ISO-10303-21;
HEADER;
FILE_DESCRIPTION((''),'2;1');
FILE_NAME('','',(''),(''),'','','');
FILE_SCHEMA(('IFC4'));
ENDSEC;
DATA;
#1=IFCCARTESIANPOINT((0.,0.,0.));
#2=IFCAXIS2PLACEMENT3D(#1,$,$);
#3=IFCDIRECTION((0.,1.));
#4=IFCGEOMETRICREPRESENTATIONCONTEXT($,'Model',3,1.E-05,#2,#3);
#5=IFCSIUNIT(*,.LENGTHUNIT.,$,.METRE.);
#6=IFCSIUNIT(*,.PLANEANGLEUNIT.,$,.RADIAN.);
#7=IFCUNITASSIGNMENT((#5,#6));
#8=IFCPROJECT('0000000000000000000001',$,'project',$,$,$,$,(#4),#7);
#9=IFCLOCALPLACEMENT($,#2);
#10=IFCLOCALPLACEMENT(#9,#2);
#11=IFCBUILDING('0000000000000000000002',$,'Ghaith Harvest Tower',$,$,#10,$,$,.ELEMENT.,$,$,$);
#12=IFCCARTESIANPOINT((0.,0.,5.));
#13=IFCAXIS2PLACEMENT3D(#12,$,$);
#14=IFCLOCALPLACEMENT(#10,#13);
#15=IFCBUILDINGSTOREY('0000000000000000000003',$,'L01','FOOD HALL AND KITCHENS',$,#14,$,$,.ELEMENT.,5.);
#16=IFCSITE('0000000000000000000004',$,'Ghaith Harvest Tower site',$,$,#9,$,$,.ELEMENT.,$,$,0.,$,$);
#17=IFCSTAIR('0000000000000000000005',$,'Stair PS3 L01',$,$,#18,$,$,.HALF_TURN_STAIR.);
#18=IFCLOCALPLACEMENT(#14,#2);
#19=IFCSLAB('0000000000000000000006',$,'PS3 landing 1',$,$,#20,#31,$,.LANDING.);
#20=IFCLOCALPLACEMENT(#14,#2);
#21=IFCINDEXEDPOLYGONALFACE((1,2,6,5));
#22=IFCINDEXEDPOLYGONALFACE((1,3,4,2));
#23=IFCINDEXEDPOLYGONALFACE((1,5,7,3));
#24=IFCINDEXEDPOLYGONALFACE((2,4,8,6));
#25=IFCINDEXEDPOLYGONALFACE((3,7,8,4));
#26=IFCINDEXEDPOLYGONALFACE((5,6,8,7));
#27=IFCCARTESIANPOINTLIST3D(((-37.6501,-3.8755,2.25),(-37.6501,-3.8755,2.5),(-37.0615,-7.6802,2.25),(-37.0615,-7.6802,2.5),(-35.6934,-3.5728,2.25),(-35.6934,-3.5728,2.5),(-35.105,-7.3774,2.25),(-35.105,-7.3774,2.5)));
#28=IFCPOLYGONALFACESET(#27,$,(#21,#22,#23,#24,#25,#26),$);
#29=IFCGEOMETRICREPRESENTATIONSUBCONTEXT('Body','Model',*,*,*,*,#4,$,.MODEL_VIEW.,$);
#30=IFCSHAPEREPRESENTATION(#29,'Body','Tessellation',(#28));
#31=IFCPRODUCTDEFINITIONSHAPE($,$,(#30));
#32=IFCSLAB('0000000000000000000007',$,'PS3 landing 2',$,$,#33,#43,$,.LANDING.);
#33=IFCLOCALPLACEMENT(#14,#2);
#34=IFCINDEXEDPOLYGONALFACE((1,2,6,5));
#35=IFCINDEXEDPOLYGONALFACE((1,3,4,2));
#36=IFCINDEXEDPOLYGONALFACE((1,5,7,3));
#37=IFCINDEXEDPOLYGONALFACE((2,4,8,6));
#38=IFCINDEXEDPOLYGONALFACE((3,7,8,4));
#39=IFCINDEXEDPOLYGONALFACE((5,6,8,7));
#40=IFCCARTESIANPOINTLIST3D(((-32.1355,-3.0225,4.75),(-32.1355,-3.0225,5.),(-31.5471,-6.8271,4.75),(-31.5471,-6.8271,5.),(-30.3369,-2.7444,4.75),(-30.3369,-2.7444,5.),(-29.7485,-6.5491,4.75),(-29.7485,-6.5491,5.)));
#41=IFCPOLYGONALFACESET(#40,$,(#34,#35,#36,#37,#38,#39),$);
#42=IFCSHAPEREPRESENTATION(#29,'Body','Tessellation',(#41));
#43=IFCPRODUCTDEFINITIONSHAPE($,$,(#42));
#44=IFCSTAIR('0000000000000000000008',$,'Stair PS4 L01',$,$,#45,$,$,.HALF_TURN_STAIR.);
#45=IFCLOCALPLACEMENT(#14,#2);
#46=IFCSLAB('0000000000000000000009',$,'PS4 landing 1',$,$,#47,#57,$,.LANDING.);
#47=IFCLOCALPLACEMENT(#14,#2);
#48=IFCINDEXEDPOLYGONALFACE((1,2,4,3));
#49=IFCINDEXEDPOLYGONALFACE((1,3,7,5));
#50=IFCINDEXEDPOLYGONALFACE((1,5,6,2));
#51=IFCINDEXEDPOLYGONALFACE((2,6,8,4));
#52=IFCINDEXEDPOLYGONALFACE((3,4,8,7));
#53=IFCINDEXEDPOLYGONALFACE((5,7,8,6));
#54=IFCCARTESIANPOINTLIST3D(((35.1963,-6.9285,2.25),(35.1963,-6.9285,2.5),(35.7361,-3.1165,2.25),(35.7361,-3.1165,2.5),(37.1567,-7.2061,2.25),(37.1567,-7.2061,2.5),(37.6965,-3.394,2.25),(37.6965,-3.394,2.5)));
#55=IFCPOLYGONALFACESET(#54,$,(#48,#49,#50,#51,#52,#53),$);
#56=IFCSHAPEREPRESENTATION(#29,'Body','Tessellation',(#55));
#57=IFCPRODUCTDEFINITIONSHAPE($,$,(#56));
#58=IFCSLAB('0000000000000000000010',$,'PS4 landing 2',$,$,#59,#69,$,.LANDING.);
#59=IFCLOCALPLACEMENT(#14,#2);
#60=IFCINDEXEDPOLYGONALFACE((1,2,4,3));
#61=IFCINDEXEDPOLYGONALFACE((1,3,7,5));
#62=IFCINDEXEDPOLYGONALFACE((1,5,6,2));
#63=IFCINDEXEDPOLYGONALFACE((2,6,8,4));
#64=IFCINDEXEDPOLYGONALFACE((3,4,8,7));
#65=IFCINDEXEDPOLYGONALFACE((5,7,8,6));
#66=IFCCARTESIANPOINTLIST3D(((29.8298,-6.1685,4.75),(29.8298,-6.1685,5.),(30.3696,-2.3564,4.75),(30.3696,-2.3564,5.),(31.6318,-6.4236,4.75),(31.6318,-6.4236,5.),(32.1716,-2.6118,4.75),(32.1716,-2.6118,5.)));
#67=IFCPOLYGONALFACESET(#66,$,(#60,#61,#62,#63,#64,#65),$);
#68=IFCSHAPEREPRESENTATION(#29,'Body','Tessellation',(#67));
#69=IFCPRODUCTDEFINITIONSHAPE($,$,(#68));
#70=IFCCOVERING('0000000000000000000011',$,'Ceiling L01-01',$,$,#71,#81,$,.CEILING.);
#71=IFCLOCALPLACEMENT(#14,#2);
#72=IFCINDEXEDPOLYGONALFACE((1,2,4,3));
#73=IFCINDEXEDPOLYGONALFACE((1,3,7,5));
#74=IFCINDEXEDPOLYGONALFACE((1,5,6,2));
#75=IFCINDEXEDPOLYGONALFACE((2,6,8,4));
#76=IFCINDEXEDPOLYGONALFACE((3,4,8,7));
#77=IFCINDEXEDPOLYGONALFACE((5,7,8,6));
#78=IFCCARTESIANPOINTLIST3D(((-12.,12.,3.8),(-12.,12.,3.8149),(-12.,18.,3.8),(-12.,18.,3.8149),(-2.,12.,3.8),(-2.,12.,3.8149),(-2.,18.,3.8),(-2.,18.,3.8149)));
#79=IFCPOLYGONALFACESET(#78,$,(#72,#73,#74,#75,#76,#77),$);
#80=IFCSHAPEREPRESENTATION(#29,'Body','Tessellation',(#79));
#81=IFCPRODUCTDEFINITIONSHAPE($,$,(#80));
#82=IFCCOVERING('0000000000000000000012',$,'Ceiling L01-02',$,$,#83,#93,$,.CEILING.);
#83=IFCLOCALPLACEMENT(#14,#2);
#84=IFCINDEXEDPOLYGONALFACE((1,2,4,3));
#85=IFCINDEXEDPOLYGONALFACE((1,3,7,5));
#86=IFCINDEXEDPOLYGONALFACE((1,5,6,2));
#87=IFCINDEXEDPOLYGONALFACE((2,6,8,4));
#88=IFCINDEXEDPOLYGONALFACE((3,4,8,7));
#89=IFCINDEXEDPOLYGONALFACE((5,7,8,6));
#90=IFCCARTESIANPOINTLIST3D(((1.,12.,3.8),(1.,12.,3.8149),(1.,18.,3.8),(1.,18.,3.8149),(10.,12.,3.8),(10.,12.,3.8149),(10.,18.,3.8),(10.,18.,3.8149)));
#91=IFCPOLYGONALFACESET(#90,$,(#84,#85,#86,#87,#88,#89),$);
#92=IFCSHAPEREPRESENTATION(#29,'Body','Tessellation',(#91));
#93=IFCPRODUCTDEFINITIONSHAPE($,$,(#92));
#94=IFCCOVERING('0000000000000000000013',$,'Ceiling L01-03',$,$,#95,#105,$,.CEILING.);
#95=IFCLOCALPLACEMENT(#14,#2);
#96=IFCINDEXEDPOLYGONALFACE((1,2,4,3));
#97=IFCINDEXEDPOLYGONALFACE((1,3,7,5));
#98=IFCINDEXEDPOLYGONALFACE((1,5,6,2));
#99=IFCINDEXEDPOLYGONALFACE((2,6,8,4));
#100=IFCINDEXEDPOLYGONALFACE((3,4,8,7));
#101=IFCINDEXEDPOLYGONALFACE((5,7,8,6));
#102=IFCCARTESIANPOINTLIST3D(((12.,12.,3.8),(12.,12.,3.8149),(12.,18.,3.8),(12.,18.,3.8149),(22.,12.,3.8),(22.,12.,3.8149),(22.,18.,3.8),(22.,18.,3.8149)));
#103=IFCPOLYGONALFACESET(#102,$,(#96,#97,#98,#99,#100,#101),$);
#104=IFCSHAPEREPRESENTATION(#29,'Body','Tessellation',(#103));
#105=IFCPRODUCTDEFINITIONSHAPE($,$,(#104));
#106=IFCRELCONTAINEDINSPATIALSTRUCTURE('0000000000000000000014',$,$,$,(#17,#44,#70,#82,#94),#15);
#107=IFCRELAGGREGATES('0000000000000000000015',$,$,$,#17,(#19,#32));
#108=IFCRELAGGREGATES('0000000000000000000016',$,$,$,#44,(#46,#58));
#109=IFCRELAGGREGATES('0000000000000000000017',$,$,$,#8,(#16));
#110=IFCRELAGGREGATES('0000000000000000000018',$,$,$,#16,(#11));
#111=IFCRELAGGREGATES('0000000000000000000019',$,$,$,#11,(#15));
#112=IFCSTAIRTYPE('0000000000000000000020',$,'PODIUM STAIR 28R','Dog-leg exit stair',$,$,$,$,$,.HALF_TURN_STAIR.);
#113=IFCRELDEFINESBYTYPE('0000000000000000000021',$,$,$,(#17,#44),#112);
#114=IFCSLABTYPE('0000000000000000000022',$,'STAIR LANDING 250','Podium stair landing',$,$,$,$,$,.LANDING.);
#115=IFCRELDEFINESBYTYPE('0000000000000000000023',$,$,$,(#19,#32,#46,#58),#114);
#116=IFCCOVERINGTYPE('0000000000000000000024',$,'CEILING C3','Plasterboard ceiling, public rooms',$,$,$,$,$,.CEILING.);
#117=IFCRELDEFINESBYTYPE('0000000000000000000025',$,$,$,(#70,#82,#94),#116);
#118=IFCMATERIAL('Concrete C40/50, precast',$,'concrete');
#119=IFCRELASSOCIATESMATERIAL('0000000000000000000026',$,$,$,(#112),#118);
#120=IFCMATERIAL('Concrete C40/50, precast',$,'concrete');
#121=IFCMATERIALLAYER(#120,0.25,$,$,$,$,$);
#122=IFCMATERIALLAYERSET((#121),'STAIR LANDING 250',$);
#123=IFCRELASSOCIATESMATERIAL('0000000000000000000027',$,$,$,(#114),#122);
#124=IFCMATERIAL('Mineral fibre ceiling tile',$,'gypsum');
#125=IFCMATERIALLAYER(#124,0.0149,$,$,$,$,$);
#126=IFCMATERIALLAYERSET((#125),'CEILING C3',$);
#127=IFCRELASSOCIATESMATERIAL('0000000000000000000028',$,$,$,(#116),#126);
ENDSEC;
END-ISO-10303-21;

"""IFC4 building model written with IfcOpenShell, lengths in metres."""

from ifc_helpers import new_model, si_unit, direction, frame, origin, place, context, subcontext, project, spatial, polyline, outline, extrude, material, layer, layer_set, type_object, element, aggregate, save


model = new_model("IFC4")

# Units and contexts
model_context = context("Model", 3, precision=1e-05, world=origin(), true_north=direction((0.0, 1.0)))
body_context = subcontext(model_context, "Body", "Model", "MODEL_VIEW")
ifc_project = project(units=[si_unit("LENGTHUNIT", "METRE"), si_unit("PLANEANGLEUNIT", "RADIAN")], contexts=[model_context])

# Site, building, storey
site_placement = place(None, origin())
site = spatial("IfcSite", under=ifc_project, at=site_placement, Name="Ghaith Harvest Tower site", CompositionType="ELEMENT", RefElevation=0.0)
building_placement = place(site_placement, origin())
building = spatial("IfcBuilding", under=site, at=building_placement, Name="Ghaith Harvest Tower", CompositionType="ELEMENT")
storey_placement = place(building_placement, frame((0.0, 0.0, 5.0)))
storey = spatial("IfcBuildingStorey", under=building, at=storey_placement, Name="L01", Description="FOOD HALL AND KITCHENS", CompositionType="ELEMENT", Elevation=5.0)

# Stairs, slabs
ifc_material_1 = material(Name="Concrete C40/50, precast", Category="concrete")
stair_type_1 = type_object("IfcStairType", Name="PODIUM STAIR 28R", Description="Dog-leg exit stair", PredefinedType="HALF_TURN_STAIR", material=ifc_material_1)
ifc_material_2 = material(Name="Concrete C40/50, precast", Category="concrete")
ifc_layer_1 = layer(ifc_material_2, 0.25)
ifc_layer_set_1 = layer_set([ifc_layer_1], Name="STAIR LANDING 250")
slab_type_1 = type_object("IfcSlabType", Name="STAIR LANDING 250", Description="Podium stair landing", PredefinedType="LANDING", material=ifc_layer_set_1)
stair_1_placement = place(storey_placement, origin())
stair_1 = element("IfcStair", 1, at=stair_1_placement, inside=storey, type_object=stair_type_1, Name="Stair PS3 L01", PredefinedType="HALF_TURN_STAIR")
slab_1_placement = place(storey_placement, frame((0.0, 0.0, 2.25)))
slab_1 = element("IfcSlab", 2, at=slab_1_placement, type_object=slab_type_1, Name="PS3 landing 1", PredefinedType="LANDING", context=body_context, shape_type="SweptSolid", body=[
    extrude(outline(polyline([(-35.6934, -3.5728), (-37.6501, -3.8755), (-37.0615, -7.6802), (-35.105, -7.3774), (-35.6934, -3.5728)])), origin(), (0.0, 0.0, 1.0), 0.25),
])
slab_2_placement = place(storey_placement, frame((0.0, 0.0, 4.75)))
slab_2 = element("IfcSlab", 3, at=slab_2_placement, type_object=slab_type_1, Name="PS3 landing 2", PredefinedType="LANDING", context=body_context, shape_type="SweptSolid", body=[
    extrude(outline(polyline([(-30.3369, -2.7444), (-32.1355, -3.0225), (-31.5471, -6.8271), (-29.7485, -6.5491), (-30.3369, -2.7444)])), origin(), (0.0, 0.0, 1.0), 0.25),
])
aggregate(stair_1, [slab_1, slab_2])
stair_2_placement = place(storey_placement, origin())
stair_2 = element("IfcStair", 4, at=stair_2_placement, inside=storey, type_object=stair_type_1, Name="Stair PS4 L01", PredefinedType="HALF_TURN_STAIR")
slab_3_placement = place(storey_placement, frame((0.0, 0.0, 2.25)))
slab_3 = element("IfcSlab", 5, at=slab_3_placement, type_object=slab_type_1, Name="PS4 landing 1", PredefinedType="LANDING", context=body_context, shape_type="SweptSolid", body=[
    extrude(outline(polyline([(35.1963, -6.9285), (37.1567, -7.2061), (37.6965, -3.394), (35.7361, -3.1165), (35.1963, -6.9285)])), origin(), (0.0, 0.0, 1.0), 0.25),
])
slab_4_placement = place(storey_placement, frame((0.0, 0.0, 4.75)))
slab_4 = element("IfcSlab", 6, at=slab_4_placement, type_object=slab_type_1, Name="PS4 landing 2", PredefinedType="LANDING", context=body_context, shape_type="SweptSolid", body=[
    extrude(outline(polyline([(29.8298, -6.1685), (31.6318, -6.4236), (32.1716, -2.6118), (30.3696, -2.3564), (29.8298, -6.1685)])), origin(), (0.0, 0.0, 1.0), 0.25),
])
aggregate(stair_2, [slab_3, slab_4])

# Coverings
ifc_material_3 = material(Name="Mineral fibre ceiling tile", Category="gypsum")
ifc_layer_2 = layer(ifc_material_3, 0.0149)
ifc_layer_set_2 = layer_set([ifc_layer_2], Name="CEILING C3")
covering_type = type_object("IfcCoveringType", Name="CEILING C3", Description="Plasterboard ceiling, public rooms", PredefinedType="CEILING", material=ifc_layer_set_2)
covering_1_placement = place(storey_placement, frame((0.0, 0.0, 3.8)))
element("IfcCovering", 7, at=covering_1_placement, inside=storey, type_object=covering_type, Name="Ceiling L01-01", PredefinedType="CEILING", context=body_context, shape_type="SweptSolid", body=[
    extrude(outline(polyline([(-12.0, 12.0), (-2.0, 12.0), (-2.0, 18.0), (-12.0, 18.0), (-12.0, 12.0)])), origin(), (0.0, 0.0, 1.0), 0.0149),
])
covering_2_placement = place(storey_placement, frame((0.0, 0.0, 3.8)))
element("IfcCovering", 8, at=covering_2_placement, inside=storey, type_object=covering_type, Name="Ceiling L01-02", PredefinedType="CEILING", context=body_context, shape_type="SweptSolid", body=[
    extrude(outline(polyline([(1.0, 12.0), (10.0, 12.0), (10.0, 18.0), (1.0, 18.0), (1.0, 12.0)])), origin(), (0.0, 0.0, 1.0), 0.0149),
])
covering_3_placement = place(storey_placement, frame((0.0, 0.0, 3.8)))
element("IfcCovering", 9, at=covering_3_placement, inside=storey, type_object=covering_type, Name="Ceiling L01-03", PredefinedType="CEILING", context=body_context, shape_type="SweptSolid", body=[
    extrude(outline(polyline([(12.0, 12.0), (22.0, 12.0), (22.0, 18.0), (12.0, 18.0), (12.0, 12.0)])), origin(), (0.0, 0.0, 1.0), 0.0149),
])

save(model, "model.ifc")
